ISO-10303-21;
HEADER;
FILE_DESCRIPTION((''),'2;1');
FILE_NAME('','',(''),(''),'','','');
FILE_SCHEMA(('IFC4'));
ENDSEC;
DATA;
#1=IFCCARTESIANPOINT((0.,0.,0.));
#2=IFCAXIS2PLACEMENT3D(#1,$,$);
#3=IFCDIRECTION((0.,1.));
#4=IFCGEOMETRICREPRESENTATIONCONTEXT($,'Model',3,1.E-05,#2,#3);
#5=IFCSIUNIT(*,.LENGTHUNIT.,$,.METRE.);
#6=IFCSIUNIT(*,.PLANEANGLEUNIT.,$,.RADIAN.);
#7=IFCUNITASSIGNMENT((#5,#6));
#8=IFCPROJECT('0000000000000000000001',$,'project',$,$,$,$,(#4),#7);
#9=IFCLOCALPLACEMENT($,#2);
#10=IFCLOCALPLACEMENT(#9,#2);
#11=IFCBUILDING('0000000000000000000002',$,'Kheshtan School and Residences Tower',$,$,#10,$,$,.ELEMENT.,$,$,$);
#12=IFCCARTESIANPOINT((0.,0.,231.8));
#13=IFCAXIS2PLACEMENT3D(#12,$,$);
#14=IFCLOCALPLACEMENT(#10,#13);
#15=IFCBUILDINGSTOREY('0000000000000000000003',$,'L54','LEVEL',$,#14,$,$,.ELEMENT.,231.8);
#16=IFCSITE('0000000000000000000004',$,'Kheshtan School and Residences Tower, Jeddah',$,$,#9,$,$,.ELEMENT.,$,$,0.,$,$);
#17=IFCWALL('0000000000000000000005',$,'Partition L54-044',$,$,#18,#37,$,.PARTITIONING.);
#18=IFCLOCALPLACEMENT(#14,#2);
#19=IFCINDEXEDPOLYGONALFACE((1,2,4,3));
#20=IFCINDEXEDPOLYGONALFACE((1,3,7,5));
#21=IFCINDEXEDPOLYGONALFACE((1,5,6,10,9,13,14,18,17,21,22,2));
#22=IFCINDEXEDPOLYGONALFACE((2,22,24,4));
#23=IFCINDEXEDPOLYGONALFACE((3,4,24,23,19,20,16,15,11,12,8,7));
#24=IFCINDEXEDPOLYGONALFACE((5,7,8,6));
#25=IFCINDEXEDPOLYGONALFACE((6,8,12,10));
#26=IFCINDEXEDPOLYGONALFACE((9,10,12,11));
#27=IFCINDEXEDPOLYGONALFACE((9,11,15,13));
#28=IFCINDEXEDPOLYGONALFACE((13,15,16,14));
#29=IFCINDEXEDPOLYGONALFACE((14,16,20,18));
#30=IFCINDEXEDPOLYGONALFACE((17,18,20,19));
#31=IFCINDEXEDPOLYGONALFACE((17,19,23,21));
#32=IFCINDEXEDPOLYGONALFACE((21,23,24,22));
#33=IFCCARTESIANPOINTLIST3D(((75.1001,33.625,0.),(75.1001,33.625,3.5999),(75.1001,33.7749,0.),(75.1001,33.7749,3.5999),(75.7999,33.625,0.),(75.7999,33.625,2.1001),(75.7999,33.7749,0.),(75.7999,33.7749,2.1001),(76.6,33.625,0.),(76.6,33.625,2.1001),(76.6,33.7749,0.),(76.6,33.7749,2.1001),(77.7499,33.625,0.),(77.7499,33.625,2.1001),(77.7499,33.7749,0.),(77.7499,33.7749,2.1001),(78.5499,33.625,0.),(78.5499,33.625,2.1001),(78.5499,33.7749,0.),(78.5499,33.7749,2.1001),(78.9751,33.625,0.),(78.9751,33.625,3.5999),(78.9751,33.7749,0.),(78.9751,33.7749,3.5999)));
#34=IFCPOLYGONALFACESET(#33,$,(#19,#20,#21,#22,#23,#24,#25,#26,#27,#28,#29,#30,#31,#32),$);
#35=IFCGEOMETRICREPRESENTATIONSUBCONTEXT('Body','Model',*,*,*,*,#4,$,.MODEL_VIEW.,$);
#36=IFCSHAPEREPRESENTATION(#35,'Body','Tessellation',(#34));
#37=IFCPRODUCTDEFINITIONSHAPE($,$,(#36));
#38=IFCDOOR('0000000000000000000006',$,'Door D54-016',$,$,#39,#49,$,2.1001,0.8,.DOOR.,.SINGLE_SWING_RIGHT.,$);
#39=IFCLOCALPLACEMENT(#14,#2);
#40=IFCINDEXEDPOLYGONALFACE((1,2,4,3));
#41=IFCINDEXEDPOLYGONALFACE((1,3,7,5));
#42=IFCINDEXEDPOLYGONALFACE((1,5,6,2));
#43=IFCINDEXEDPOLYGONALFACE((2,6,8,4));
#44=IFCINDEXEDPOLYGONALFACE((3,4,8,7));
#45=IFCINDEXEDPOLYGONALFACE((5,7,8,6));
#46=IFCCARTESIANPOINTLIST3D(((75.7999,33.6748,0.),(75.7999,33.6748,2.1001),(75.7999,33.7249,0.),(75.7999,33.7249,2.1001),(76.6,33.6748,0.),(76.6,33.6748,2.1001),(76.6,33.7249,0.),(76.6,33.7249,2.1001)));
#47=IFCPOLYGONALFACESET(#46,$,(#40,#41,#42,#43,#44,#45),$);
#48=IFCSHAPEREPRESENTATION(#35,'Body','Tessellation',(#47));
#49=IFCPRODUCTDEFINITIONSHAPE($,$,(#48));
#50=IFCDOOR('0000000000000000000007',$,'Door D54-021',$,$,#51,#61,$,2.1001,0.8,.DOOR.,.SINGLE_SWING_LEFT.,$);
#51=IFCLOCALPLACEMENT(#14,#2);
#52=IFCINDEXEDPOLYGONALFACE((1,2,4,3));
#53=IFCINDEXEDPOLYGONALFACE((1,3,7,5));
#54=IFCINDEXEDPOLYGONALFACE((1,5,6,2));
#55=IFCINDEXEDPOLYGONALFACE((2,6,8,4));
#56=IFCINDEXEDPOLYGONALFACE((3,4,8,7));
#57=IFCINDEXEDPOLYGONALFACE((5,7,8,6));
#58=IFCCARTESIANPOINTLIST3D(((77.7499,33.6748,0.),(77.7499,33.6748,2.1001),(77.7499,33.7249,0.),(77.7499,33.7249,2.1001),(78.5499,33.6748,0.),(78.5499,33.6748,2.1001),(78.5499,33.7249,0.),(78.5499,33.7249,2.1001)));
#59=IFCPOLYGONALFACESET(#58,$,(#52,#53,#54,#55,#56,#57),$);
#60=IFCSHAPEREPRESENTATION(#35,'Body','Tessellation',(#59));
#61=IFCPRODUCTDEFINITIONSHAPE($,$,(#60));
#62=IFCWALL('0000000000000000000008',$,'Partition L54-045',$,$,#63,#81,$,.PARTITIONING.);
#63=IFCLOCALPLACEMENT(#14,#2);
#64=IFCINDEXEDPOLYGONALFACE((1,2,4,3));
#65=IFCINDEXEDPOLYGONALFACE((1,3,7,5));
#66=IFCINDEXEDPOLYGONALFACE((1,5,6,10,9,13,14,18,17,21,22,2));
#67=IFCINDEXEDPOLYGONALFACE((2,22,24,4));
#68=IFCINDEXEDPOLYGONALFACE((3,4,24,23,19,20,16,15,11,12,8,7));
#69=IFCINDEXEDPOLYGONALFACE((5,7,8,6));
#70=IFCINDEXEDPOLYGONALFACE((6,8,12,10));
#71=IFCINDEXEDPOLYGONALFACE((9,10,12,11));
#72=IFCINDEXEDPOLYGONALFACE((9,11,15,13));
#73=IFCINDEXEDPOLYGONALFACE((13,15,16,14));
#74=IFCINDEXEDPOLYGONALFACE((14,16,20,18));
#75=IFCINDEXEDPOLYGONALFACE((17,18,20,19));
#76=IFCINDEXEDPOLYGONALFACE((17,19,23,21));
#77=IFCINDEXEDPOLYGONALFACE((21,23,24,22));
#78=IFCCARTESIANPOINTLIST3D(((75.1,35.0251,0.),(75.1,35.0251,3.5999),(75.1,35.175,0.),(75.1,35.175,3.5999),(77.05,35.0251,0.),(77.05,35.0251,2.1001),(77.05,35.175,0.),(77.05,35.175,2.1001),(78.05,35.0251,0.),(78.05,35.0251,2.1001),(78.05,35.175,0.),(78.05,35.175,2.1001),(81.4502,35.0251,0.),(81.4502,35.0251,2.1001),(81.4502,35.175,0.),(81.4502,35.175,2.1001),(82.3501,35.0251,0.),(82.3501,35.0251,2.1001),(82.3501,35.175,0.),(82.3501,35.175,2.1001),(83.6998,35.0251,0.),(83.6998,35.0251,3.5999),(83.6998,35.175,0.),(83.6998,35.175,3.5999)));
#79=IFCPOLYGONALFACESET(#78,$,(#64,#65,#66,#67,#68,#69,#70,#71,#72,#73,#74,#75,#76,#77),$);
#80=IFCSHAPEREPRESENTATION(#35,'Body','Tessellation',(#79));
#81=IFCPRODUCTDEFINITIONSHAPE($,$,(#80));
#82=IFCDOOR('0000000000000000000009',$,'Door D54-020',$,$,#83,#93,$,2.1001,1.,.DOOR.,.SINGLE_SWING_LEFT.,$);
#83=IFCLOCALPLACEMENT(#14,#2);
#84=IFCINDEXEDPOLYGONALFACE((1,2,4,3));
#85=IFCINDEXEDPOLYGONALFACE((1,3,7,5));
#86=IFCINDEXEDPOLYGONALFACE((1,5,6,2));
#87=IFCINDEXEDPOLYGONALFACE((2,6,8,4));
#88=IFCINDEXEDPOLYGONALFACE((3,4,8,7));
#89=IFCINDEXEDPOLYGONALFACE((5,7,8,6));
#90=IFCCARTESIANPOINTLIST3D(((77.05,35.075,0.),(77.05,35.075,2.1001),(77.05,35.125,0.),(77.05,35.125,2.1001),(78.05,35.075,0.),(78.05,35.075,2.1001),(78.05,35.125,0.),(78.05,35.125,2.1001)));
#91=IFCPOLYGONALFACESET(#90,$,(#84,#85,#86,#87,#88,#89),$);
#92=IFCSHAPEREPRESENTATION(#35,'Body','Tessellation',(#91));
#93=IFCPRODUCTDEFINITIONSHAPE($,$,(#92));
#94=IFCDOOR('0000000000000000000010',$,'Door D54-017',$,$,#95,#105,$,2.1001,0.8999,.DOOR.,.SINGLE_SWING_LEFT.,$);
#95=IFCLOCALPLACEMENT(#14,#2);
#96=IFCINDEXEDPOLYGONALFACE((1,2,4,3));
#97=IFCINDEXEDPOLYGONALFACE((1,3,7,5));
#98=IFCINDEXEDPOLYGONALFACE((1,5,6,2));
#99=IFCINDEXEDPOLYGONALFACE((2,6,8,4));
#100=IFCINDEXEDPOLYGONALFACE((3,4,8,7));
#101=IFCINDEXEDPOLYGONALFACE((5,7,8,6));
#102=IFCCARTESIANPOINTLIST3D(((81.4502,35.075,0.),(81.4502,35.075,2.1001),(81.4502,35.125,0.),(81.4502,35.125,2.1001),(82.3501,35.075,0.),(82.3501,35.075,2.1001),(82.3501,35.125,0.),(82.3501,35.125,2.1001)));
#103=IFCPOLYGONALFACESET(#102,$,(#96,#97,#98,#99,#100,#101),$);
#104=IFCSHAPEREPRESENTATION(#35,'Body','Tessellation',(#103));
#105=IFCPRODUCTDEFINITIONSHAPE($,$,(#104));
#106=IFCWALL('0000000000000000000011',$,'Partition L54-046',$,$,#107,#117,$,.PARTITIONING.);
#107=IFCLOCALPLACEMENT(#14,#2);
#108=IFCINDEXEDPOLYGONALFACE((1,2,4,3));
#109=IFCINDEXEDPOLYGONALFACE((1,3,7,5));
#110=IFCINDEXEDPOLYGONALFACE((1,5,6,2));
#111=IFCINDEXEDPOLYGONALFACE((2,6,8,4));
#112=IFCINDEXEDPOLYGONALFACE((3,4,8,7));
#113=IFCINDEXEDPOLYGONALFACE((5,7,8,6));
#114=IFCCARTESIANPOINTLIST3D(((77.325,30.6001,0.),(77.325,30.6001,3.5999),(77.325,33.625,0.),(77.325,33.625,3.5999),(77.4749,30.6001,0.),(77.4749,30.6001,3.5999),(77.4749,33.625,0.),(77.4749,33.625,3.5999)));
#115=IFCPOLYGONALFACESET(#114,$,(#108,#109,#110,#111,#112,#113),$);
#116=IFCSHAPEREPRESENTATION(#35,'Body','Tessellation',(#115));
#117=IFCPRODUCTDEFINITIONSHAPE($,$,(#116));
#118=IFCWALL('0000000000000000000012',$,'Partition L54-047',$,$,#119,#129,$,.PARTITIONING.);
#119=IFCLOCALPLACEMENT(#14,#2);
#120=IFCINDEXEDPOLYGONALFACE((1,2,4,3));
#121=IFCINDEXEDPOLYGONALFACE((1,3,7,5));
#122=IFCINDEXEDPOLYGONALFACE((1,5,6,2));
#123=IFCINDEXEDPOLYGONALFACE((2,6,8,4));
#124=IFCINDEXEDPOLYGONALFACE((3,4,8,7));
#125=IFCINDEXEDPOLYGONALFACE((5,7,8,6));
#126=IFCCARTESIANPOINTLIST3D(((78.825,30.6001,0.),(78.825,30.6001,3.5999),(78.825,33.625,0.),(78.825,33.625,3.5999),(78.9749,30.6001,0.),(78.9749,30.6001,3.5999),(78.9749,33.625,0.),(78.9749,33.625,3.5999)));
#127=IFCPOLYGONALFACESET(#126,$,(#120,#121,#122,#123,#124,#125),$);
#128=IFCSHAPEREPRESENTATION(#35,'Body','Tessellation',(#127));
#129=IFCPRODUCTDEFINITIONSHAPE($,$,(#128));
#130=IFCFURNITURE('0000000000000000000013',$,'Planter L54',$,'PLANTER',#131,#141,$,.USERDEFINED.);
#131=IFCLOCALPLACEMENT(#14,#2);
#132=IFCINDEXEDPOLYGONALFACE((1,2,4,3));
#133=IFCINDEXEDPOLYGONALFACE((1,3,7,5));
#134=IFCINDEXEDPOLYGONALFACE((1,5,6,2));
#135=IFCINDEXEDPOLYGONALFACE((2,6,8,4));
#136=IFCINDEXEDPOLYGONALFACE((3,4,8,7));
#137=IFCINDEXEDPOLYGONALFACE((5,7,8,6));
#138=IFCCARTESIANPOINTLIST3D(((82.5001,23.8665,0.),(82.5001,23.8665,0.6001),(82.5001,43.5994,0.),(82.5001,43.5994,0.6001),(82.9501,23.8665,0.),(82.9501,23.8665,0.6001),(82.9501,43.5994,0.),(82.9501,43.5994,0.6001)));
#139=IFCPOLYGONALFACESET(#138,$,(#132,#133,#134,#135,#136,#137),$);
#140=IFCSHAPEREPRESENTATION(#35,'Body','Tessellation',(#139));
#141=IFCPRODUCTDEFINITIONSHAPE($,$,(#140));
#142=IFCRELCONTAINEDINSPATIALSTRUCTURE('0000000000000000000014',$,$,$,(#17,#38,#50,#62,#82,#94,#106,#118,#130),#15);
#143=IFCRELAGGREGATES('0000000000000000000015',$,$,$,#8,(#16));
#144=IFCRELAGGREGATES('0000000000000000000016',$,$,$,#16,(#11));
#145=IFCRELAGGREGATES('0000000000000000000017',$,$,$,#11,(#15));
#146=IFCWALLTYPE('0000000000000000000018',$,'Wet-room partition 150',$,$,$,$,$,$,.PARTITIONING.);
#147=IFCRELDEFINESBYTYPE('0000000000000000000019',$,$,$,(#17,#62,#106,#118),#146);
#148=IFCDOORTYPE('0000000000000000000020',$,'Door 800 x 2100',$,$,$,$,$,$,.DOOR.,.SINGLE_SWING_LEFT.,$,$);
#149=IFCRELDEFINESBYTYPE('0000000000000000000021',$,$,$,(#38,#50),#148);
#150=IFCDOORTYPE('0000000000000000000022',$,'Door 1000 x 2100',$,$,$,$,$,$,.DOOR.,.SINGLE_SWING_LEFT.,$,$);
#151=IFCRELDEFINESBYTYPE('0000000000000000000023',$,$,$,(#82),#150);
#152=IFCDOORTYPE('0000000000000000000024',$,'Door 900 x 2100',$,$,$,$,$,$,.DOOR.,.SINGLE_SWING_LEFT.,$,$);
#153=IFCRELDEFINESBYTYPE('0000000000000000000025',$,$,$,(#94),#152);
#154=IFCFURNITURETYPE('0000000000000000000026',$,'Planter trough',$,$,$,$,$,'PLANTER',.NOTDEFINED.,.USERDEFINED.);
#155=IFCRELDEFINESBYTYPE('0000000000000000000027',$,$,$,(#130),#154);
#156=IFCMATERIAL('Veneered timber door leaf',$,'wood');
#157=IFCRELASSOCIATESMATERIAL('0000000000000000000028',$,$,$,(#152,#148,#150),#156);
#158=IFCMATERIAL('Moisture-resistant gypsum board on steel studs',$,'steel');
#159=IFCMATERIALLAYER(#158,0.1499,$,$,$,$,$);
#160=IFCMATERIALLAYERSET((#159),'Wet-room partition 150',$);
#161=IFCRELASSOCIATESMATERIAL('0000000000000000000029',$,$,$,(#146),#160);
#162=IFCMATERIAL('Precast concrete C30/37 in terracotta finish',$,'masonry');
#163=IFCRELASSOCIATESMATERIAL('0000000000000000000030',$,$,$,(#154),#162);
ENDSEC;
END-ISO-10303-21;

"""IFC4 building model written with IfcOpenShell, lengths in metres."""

from ifc_helpers import new_model, si_unit, direction, frame, frame_2d, origin, origin_2d, place, context, subcontext, project, spatial, rectangle, extrude, source, transform, mapped, material, layer, layer_set, type_object, element, fill, save


model = new_model("IFC4")

# Units and contexts
model_context = context("Model", 3, precision=1e-05, world=origin(), true_north=direction((0.0, 1.0)))
body_context = subcontext(model_context, "Body", "Model", "MODEL_VIEW")
ifc_project = project(units=[si_unit("LENGTHUNIT", "METRE"), si_unit("PLANEANGLEUNIT", "RADIAN")], contexts=[model_context])

# Site, building, storey
site_placement = place(None, origin())
site = spatial("IfcSite", under=ifc_project, at=site_placement, Name="Kheshtan School and Residences Tower, Jeddah", CompositionType="ELEMENT", RefElevation=0.0)
building_placement = place(site_placement, origin())
building = spatial("IfcBuilding", under=site, at=building_placement, Name="Kheshtan School and Residences Tower", CompositionType="ELEMENT")
storey_placement = place(building_placement, frame((0.0, 0.0, 231.8)))
storey = spatial("IfcBuildingStorey", under=building, at=storey_placement, Name="L54", Description="LEVEL", CompositionType="ELEMENT", Elevation=231.8)

# Shared definitions
ifc_material_1 = material(Name="Veneered timber door leaf", Category="wood")
door_type_1 = type_object("IfcDoorType", Name="Door 900 x 2100", OperationType="SINGLE_SWING_LEFT", PredefinedType="DOOR", material=ifc_material_1)
shared_shape_1 = source(origin(), body_context, "Body", "SweptSolid", [
    extrude(rectangle(XDim=0.8999, YDim=2.1001, at=frame_2d((0.45, 1.05))), frame((0.0, 0.0249, 0.0), z_axis=(0.0, -1.0, 0.0), x_axis=(1.0, 0.0, 0.0)), (0.0, 0.0, 1.0), 0.05),
])

# Walls, openings, doors
ifc_material_2 = material(Name="Moisture-resistant gypsum board on steel studs", Category="steel")
ifc_layer_1 = layer(ifc_material_2, 0.1499)
ifc_layer_set_1 = layer_set([ifc_layer_1], Name="Wet-room partition 150")
wall_type_1 = type_object("IfcWallType", Name="Wet-room partition 150", PredefinedType="PARTITIONING", material=ifc_layer_set_1)
wall_1_placement = place(storey_placement, frame((75.1001, 33.7, 0.0), z_axis=(0.0, 0.0, 1.0), x_axis=(1.0, 0.0, 0.0)))
wall_1 = element("IfcWall", 1, at=wall_1_placement, inside=storey, type_object=wall_type_1, Name="Partition L54-044", PredefinedType="PARTITIONING", context=body_context, shape_type="SweptSolid", body=[
    extrude(rectangle(XDim=3.875, YDim=0.1499, at=frame_2d((1.9375, 0.0))), origin(), (0.0, 0.0, 1.0), 3.5999),
])
opening_1_placement = place(wall_1_placement, frame((0.7, 0.0, 0.0)))
opening_1 = element("IfcOpeningElement", 2, at=opening_1_placement, cuts=wall_1, PredefinedType="OPENING", context=body_context, shape_type="SweptSolid", body=[
    extrude(rectangle(XDim=0.8, YDim=2.1001, at=frame_2d((0.3999, 1.05))), frame((0.0, 0.085, 0.0), z_axis=(0.0, -1.0, 0.0), x_axis=(1.0, 0.0, 0.0)), (0.0, 0.0, 1.0), 0.1699),
])
opening_2_placement = place(wall_1_placement, frame((2.6499, 0.0, 0.0)))
opening_2 = element("IfcOpeningElement", 3, at=opening_2_placement, cuts=wall_1, PredefinedType="OPENING", context=body_context, shape_type="SweptSolid", body=[
    extrude(rectangle(XDim=0.8, YDim=2.1001, at=frame_2d((0.3999, 1.05))), frame((0.0, 0.085, 0.0), z_axis=(0.0, -1.0, 0.0), x_axis=(1.0, 0.0, 0.0)), (0.0, 0.0, 1.0), 0.1699),
])
door_type_2 = type_object("IfcDoorType", Name="Door 800 x 2100", OperationType="SINGLE_SWING_LEFT", PredefinedType="DOOR", material=ifc_material_1)
shared_shape_2 = source(origin(), body_context, "Body", "SweptSolid", [
    extrude(rectangle(XDim=0.8, YDim=2.1001, at=frame_2d((0.3999, 1.05))), frame((0.0, 0.0249, 0.0), z_axis=(0.0, -1.0, 0.0), x_axis=(1.0, 0.0, 0.0)), (0.0, 0.0, 1.0), 0.05),
])
door_1_placement = place(opening_1_placement, origin())
door_1 = element("IfcDoor", 4, at=door_1_placement, inside=storey, type_object=door_type_2, Name="Door D54-016", OperationType="SINGLE_SWING_RIGHT", OverallHeight=2.1001, OverallWidth=0.8, PredefinedType="DOOR", context=body_context, shape_type="MappedRepresentation", body=[
    mapped(shared_shape_2, transform((0.0, 0.0, 0.0), x_axis=(1.0, 0.0, 0.0), y_axis=(0.0, 1.0, 0.0), z_axis=(0.0, 0.0, 1.0), scale=1.0)),
])
fill(opening_1, door_1)
door_2_placement = place(opening_2_placement, origin())
door_2 = element("IfcDoor", 5, at=door_2_placement, inside=storey, type_object=door_type_2, Name="Door D54-021", OperationType="SINGLE_SWING_LEFT", OverallHeight=2.1001, OverallWidth=0.8, PredefinedType="DOOR", context=body_context, shape_type="MappedRepresentation", body=[
    mapped(shared_shape_2, transform((0.0, 0.0, 0.0), x_axis=(1.0, 0.0, 0.0), y_axis=(0.0, 1.0, 0.0), z_axis=(0.0, 0.0, 1.0), scale=1.0)),
])
fill(opening_2, door_2)
wall_2_placement = place(storey_placement, frame((75.1001, 35.1001, 0.0), z_axis=(0.0, 0.0, 1.0), x_axis=(1.0, 0.0, 0.0)))
wall_2 = element("IfcWall", 6, at=wall_2_placement, inside=storey, type_object=wall_type_1, Name="Partition L54-045", PredefinedType="PARTITIONING", context=body_context, shape_type="SweptSolid", body=[
    extrude(rectangle(XDim=8.5999, YDim=0.1499, at=frame_2d((4.2998, 0.0))), origin(), (0.0, 0.0, 1.0), 3.5999),
])
opening_3_placement = place(wall_2_placement, frame((6.3501, 0.0, 0.0)))
opening_3 = element("IfcOpeningElement", 7, at=opening_3_placement, cuts=wall_2, PredefinedType="OPENING", context=body_context, shape_type="SweptSolid", body=[
    extrude(rectangle(XDim=0.8999, YDim=2.1001, at=frame_2d((0.45, 1.05))), frame((0.0, 0.085, 0.0), z_axis=(0.0, -1.0, 0.0), x_axis=(1.0, 0.0, 0.0)), (0.0, 0.0, 1.0), 0.1699),
])
opening_4_placement = place(wall_2_placement, frame((1.95, 0.0, 0.0)))
opening_4 = element("IfcOpeningElement", 8, at=opening_4_placement, cuts=wall_2, PredefinedType="OPENING", context=body_context, shape_type="SweptSolid", body=[
    extrude(rectangle(XDim=1.0, YDim=2.1001, at=frame_2d((0.5, 1.05))), frame((0.0, 0.085, 0.0), z_axis=(0.0, -1.0, 0.0), x_axis=(1.0, 0.0, 0.0)), (0.0, 0.0, 1.0), 0.1699),
])
door_type_3 = type_object("IfcDoorType", Name="Door 1000 x 2100", OperationType="SINGLE_SWING_LEFT", PredefinedType="DOOR", material=ifc_material_1)
shared_shape_3 = source(origin(), body_context, "Body", "SweptSolid", [
    extrude(rectangle(XDim=1.0, YDim=2.1001, at=frame_2d((0.5, 1.05))), frame((0.0, 0.0249, 0.0), z_axis=(0.0, -1.0, 0.0), x_axis=(1.0, 0.0, 0.0)), (0.0, 0.0, 1.0), 0.05),
])
door_3_placement = place(opening_4_placement, origin())
door_3 = element("IfcDoor", 9, at=door_3_placement, inside=storey, type_object=door_type_3, Name="Door D54-020", OperationType="SINGLE_SWING_LEFT", OverallHeight=2.1001, OverallWidth=1.0, PredefinedType="DOOR", context=body_context, shape_type="MappedRepresentation", body=[
    mapped(shared_shape_3, transform((0.0, 0.0, 0.0), x_axis=(1.0, 0.0, 0.0), y_axis=(0.0, 1.0, 0.0), z_axis=(0.0, 0.0, 1.0), scale=1.0)),
])
fill(opening_4, door_3)
door_4_placement = place(opening_3_placement, origin())
door_4 = element("IfcDoor", 10, at=door_4_placement, inside=storey, type_object=door_type_1, Name="Door D54-017", OperationType="SINGLE_SWING_LEFT", OverallHeight=2.1001, OverallWidth=0.8999, PredefinedType="DOOR", context=body_context, shape_type="MappedRepresentation", body=[
    mapped(shared_shape_1, transform((0.0, 0.0, 0.0), x_axis=(1.0, 0.0, 0.0), y_axis=(0.0, 1.0, 0.0), z_axis=(0.0, 0.0, 1.0), scale=1.0)),
])
fill(opening_3, door_4)

# Walls
for number, where, z_axis, x_axis, name in (
    (11, (77.3999, 30.6001, 0.0), (0.0, 0.0, 1.0), (0.0, 1.0, 0.0), "Partition L54-046"),
    (12, (78.8999, 30.6001, 0.0), (0.0, 0.0, 1.0), (0.0, 1.0, 0.0), "Partition L54-047"),
):
    element("IfcWall", number, at=place(storey_placement, frame(where, z_axis=z_axis, x_axis=x_axis)), inside=storey, type_object=wall_type_1, Name=name, PredefinedType="PARTITIONING", context=body_context, shape_type="SweptSolid", body=[
        extrude(rectangle(XDim=3.0249, YDim=0.1499, at=frame_2d((1.5125, 0.0))), origin(), (0.0, 0.0, 1.0), 3.5999),
    ])

# Furniture
ifc_material_3 = material(Name="Precast concrete C30/37 in terracotta finish", Category="masonry")
furniture_type = type_object("IfcFurnitureType", Name="Planter trough", ElementType="PLANTER", AssemblyPlace="NOTDEFINED", PredefinedType="USERDEFINED", material=ifc_material_3)
furniture_placement = place(storey_placement, frame((82.7251, 33.7329, 0.0), z_axis=(0.0, 0.0, 1.0), x_axis=(0.0, -1.0, 0.0)))
element("IfcFurniture", 13, at=furniture_placement, inside=storey, type_object=furniture_type, Name="Planter L54", ObjectType="PLANTER", PredefinedType="USERDEFINED", context=body_context, shape_type="SweptSolid", body=[
    extrude(rectangle(XDim=19.7329, YDim=0.45, at=origin_2d()), origin(), (0.0, 0.0, 1.0), 0.6001),
])

save(model, "model.ifc")
